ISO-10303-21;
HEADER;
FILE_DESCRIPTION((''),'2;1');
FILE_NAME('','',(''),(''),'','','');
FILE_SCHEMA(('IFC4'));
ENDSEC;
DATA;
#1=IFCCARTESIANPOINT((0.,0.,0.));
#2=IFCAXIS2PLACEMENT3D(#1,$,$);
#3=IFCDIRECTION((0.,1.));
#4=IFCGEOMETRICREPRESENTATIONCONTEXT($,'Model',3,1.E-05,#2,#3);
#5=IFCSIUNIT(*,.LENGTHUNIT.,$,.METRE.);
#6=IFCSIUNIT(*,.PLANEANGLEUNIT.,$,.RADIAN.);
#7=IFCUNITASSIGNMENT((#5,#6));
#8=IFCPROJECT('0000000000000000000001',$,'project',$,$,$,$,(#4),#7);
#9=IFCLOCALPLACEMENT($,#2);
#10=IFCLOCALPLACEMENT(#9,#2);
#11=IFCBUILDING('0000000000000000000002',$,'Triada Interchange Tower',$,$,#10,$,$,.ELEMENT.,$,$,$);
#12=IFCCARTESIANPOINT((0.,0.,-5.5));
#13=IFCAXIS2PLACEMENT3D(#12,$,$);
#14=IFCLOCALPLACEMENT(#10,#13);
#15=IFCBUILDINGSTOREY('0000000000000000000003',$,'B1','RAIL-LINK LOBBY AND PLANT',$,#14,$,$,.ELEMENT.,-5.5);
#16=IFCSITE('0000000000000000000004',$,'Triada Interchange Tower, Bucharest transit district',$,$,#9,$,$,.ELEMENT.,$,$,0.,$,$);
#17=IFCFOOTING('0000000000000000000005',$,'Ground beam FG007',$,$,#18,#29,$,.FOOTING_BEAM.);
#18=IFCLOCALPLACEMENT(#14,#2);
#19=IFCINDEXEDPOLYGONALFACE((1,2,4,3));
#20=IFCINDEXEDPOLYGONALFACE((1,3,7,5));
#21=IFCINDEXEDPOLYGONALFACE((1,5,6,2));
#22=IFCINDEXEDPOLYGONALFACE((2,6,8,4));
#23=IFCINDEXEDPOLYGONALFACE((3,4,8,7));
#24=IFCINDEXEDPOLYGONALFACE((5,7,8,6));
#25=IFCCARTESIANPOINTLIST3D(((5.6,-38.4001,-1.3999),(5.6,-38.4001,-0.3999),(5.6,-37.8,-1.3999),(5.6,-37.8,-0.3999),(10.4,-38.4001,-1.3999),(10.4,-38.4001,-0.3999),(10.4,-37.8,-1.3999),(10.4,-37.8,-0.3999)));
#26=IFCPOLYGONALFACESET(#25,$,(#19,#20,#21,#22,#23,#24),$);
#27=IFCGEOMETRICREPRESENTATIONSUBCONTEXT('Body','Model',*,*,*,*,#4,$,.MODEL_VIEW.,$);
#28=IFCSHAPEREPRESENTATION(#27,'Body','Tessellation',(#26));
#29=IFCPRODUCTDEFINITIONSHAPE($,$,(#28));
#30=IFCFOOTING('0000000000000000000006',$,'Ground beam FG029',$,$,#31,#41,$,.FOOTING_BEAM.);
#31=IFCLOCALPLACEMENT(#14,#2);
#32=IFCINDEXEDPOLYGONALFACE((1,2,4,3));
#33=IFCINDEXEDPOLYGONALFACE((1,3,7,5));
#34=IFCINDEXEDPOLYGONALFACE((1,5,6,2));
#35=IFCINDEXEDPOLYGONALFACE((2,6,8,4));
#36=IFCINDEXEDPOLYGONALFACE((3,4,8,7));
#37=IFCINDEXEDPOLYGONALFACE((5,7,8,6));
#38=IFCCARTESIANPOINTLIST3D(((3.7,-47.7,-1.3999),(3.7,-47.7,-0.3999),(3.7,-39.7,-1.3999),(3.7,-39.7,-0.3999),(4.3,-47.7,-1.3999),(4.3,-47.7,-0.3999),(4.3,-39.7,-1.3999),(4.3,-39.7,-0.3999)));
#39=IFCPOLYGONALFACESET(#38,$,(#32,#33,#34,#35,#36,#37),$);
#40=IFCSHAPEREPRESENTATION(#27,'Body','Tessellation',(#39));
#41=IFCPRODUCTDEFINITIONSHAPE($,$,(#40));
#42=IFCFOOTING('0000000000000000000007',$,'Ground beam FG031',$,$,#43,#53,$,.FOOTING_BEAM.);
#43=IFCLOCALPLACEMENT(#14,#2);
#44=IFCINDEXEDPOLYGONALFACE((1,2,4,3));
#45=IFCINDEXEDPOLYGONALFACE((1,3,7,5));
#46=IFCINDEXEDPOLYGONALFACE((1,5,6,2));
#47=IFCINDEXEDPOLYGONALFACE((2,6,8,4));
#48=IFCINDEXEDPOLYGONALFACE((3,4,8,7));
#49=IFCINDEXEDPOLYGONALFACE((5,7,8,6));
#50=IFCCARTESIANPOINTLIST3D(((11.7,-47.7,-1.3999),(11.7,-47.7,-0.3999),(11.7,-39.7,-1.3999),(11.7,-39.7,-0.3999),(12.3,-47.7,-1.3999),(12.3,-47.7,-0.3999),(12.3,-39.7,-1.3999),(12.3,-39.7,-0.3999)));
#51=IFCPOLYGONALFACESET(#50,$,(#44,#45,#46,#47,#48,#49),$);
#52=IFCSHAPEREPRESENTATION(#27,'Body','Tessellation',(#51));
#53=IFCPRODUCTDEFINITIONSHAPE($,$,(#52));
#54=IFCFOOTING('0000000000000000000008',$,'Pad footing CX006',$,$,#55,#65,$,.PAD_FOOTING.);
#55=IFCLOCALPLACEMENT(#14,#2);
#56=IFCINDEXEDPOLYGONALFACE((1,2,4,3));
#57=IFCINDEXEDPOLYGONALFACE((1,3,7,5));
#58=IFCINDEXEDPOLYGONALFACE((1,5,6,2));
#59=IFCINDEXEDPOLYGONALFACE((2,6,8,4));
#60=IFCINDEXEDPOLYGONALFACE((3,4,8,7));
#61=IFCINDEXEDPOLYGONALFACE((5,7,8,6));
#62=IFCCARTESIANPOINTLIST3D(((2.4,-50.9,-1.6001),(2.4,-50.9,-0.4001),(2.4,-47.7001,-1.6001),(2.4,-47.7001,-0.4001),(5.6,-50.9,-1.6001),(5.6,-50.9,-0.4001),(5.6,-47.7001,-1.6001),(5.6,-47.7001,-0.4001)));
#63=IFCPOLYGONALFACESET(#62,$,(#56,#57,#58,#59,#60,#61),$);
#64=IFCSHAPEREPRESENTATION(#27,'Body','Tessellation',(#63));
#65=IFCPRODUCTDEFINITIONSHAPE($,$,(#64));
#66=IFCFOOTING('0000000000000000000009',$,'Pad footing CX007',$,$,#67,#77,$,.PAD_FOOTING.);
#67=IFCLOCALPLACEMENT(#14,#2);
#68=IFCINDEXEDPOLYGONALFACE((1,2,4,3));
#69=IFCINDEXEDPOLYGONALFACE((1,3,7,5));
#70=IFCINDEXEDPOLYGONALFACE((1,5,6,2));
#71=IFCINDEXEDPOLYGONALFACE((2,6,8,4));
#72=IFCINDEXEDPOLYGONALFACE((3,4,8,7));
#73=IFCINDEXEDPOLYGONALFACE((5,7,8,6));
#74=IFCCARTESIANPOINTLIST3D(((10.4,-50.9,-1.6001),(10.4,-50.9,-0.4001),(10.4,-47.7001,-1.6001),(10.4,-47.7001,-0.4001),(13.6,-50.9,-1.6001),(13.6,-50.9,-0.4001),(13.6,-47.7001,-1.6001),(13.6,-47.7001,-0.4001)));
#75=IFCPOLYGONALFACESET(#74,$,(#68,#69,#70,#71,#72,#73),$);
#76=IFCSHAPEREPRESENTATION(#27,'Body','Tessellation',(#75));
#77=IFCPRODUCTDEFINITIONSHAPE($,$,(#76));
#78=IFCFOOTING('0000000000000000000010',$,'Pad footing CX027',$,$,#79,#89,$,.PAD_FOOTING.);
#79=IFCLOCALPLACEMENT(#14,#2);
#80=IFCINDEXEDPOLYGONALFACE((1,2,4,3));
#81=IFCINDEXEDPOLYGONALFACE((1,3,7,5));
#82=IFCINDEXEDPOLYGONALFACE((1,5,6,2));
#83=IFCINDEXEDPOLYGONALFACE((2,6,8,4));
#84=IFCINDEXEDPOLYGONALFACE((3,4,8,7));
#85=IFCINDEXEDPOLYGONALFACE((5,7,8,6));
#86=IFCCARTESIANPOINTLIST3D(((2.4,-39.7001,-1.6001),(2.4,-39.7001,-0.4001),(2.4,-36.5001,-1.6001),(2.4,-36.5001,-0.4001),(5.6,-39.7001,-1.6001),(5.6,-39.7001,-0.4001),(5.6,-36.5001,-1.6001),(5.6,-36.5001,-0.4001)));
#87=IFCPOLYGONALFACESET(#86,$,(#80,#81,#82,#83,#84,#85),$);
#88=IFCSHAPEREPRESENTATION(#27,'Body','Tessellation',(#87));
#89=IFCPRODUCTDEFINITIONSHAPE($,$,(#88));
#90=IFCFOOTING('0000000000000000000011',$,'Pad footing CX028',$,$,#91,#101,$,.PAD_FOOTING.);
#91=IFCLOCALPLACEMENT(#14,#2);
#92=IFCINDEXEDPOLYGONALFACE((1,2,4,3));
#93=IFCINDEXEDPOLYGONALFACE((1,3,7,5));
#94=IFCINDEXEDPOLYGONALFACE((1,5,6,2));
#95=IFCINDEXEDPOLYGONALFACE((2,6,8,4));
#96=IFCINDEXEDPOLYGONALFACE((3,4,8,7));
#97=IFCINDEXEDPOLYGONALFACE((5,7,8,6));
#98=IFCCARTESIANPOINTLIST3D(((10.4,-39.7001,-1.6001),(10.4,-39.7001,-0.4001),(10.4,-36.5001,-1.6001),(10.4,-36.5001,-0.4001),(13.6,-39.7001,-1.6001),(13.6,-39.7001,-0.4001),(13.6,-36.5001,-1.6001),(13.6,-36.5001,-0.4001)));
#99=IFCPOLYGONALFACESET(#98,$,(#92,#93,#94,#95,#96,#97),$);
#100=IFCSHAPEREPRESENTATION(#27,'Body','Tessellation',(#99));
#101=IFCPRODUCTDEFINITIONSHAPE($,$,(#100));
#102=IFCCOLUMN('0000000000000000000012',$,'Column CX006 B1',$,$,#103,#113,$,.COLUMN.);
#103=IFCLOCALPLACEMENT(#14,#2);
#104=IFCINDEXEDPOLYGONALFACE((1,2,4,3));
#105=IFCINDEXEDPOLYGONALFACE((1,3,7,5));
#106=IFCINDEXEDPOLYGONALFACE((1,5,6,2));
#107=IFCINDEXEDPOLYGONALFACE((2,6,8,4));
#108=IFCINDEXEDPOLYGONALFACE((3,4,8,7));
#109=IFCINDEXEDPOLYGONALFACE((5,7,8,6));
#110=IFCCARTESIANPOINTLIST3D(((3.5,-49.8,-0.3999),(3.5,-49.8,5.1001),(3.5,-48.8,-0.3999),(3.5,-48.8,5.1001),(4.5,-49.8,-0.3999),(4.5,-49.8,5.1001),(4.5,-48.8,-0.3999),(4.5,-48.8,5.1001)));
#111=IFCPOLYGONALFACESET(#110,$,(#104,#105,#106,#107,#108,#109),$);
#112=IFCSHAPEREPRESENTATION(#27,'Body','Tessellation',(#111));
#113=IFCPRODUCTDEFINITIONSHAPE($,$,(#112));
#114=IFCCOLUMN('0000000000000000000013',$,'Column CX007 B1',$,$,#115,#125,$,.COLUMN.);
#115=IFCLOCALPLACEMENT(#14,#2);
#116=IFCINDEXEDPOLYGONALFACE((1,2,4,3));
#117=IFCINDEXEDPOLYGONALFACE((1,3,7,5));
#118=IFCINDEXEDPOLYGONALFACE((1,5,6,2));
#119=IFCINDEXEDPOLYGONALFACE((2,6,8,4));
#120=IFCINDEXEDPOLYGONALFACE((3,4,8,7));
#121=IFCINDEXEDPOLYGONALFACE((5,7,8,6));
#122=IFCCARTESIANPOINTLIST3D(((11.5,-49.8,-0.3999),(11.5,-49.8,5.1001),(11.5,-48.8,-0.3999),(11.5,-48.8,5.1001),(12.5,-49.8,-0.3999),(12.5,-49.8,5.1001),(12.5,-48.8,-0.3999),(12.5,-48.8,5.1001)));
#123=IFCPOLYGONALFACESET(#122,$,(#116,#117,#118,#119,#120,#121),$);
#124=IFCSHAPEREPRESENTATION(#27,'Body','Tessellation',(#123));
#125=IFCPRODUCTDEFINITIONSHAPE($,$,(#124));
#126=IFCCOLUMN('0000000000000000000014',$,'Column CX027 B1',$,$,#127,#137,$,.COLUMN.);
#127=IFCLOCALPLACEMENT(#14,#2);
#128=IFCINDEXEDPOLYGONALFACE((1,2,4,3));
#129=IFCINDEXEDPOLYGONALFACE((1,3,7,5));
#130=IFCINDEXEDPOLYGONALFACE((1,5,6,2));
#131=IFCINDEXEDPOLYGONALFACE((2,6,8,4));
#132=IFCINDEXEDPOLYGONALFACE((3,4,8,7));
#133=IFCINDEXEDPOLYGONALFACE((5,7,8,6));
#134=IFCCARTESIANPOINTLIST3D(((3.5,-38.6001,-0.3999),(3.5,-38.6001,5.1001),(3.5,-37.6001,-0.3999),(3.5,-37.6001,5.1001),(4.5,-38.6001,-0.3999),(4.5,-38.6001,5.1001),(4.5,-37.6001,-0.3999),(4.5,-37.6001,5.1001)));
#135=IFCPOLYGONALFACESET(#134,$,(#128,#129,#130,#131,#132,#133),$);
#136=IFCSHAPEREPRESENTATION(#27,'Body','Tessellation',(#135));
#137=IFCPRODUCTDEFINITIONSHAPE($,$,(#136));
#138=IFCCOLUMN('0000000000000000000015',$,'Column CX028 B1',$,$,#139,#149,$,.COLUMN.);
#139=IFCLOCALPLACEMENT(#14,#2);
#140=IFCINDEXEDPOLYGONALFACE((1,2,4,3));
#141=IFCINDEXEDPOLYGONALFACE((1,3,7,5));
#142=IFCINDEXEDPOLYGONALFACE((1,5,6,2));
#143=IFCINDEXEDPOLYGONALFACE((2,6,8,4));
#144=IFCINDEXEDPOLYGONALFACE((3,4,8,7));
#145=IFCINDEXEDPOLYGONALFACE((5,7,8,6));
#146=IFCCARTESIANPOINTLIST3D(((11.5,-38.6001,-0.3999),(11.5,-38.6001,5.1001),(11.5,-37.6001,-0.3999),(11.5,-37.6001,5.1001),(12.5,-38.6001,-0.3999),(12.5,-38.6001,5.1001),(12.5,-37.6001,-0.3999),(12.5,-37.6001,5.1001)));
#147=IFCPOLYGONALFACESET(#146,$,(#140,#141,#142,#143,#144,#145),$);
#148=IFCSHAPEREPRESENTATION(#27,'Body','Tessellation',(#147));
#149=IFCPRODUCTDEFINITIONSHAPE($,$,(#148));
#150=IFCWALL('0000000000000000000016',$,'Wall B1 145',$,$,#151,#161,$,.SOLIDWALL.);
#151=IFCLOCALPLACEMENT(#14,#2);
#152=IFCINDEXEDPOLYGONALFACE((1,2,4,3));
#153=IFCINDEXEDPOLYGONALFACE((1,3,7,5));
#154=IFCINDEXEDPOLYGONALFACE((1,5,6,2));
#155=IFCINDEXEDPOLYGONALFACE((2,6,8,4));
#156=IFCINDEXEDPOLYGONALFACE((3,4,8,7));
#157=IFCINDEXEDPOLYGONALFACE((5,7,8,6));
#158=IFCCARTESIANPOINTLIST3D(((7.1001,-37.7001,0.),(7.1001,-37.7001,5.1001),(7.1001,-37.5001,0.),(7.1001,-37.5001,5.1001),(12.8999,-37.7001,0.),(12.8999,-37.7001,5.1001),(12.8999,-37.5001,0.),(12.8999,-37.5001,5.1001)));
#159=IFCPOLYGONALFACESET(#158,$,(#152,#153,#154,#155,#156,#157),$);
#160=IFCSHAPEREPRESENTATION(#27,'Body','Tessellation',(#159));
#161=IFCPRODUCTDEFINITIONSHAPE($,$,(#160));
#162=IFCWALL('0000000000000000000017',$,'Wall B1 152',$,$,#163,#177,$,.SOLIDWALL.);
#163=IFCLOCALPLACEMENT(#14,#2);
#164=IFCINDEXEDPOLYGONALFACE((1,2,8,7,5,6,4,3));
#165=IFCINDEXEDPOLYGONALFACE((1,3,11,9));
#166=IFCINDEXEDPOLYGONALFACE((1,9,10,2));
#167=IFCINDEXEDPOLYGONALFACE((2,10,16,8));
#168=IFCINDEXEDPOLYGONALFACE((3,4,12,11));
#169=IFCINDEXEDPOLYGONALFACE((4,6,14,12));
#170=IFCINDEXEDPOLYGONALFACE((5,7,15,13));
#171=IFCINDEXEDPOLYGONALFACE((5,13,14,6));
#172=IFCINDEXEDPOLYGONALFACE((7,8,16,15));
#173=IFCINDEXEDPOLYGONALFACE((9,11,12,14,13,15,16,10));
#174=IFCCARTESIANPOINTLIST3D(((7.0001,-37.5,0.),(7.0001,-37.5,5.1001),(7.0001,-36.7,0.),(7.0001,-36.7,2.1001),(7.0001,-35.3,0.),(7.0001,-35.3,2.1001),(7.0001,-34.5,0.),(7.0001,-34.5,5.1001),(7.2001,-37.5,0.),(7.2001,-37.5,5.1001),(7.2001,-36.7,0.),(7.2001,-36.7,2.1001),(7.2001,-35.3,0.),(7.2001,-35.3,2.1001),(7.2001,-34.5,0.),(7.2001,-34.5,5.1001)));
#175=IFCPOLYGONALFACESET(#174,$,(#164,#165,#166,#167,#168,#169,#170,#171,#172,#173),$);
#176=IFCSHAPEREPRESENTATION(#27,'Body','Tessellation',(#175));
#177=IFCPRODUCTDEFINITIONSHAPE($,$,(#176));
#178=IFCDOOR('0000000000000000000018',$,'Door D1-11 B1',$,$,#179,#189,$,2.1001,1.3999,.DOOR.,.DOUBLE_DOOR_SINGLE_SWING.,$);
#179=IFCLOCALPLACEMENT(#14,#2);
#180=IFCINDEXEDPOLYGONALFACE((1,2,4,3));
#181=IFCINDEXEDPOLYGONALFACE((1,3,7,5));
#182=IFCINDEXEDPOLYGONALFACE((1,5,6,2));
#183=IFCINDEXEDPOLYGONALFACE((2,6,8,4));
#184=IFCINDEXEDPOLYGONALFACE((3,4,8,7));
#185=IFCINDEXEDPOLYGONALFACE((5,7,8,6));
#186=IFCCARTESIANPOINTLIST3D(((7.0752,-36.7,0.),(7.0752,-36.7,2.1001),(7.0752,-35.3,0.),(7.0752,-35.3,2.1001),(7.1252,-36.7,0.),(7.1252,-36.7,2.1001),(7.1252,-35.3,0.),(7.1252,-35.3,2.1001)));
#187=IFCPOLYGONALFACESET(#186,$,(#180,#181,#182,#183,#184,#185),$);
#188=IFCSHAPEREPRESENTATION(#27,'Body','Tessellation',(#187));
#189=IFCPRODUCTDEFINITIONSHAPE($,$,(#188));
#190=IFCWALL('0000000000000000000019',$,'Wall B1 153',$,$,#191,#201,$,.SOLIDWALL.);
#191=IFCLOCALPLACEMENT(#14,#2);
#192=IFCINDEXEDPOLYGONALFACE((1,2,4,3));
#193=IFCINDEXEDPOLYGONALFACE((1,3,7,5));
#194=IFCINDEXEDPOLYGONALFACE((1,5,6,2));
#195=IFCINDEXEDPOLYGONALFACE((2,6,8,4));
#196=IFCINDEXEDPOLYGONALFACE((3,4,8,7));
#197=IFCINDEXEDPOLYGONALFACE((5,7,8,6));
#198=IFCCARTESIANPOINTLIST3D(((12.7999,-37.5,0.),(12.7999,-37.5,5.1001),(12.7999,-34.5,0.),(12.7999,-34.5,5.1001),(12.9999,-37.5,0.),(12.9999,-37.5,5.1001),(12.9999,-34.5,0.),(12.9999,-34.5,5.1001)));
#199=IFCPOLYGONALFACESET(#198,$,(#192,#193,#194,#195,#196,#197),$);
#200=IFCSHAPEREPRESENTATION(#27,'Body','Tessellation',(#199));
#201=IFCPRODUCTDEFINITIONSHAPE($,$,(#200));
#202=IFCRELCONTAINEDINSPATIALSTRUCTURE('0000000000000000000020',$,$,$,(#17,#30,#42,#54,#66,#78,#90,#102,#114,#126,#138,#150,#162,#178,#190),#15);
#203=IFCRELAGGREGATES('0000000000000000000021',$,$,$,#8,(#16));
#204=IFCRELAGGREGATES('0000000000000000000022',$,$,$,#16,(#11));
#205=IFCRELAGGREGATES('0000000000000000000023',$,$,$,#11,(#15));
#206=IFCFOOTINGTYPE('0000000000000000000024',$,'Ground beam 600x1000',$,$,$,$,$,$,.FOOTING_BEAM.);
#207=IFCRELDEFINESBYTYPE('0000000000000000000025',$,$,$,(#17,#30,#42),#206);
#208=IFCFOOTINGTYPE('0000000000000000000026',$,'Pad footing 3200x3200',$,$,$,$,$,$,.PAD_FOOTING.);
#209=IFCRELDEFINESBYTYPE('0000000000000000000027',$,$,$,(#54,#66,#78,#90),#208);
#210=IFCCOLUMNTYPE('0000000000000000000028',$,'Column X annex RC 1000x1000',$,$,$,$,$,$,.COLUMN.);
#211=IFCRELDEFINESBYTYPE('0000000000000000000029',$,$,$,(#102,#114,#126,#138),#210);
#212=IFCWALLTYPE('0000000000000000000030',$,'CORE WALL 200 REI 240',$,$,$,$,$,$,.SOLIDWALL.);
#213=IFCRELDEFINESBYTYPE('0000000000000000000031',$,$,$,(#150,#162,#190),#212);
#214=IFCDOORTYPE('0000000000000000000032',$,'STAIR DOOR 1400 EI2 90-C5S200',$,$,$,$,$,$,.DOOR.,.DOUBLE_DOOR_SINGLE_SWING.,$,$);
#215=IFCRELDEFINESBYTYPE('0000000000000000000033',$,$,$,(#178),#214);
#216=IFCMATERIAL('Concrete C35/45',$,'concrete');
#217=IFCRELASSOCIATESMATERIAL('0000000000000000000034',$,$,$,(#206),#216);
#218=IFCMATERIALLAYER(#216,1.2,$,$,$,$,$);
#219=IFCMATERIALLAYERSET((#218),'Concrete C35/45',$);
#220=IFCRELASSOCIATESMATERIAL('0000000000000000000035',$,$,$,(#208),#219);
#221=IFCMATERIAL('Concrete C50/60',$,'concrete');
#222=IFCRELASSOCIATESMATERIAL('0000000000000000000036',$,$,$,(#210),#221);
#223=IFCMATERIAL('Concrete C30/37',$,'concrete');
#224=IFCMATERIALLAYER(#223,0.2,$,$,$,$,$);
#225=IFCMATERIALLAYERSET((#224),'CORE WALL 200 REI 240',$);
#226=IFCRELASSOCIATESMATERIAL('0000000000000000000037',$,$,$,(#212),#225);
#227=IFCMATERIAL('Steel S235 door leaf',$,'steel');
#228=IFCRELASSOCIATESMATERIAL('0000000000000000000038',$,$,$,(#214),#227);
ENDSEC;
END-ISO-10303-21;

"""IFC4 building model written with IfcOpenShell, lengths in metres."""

from ifc_helpers import new_model, si_unit, direction, frame, frame_2d, origin, origin_2d, place, context, subcontext, project, spatial, rectangle, extrude, material, layer, layer_set, material_profile, profile_set, type_object, element, fill, save


model = new_model("IFC4")

# Units and contexts
model_context = context("Model", 3, precision=1e-05, world=origin(), true_north=direction((0.0, 1.0)))
body_context = subcontext(model_context, "Body", "Model", "MODEL_VIEW")
ifc_project = project(units=[si_unit("LENGTHUNIT", "METRE"), si_unit("PLANEANGLEUNIT", "RADIAN")], contexts=[model_context])

# Site, building, storey
site_placement = place(None, origin())
site = spatial("IfcSite", under=ifc_project, at=site_placement, Name="Triada Interchange Tower, Bucharest transit district", CompositionType="ELEMENT", RefElevation=0.0)
building_placement = place(site_placement, origin())
building = spatial("IfcBuilding", under=site, at=building_placement, Name="Triada Interchange Tower", CompositionType="ELEMENT")
storey_placement = place(building_placement, frame((0.0, 0.0, -5.5)))
storey = spatial("IfcBuildingStorey", under=building, at=storey_placement, Name="B1", Description="RAIL-LINK LOBBY AND PLANT", CompositionType="ELEMENT", Elevation=-5.5)

# Footings
ifc_material_1 = material(Name="Concrete C35/45", Category="concrete")
footing_type_1 = type_object("IfcFootingType", Name="Ground beam 600x1000", PredefinedType="FOOTING_BEAM", material=ifc_material_1)
footing_placement = place(storey_placement, frame((8.0, -38.1001, -1.3999), z_axis=(0.0, 0.0, 1.0), x_axis=(1.0, 0.0, 0.0)))
element("IfcFooting", 1, at=footing_placement, inside=storey, type_object=footing_type_1, Name="Ground beam FG007", PredefinedType="FOOTING_BEAM", context=body_context, shape_type="SweptSolid", body=[
    extrude(rectangle(XDim=4.8, YDim=0.6001, at=origin_2d()), origin(), (0.0, 0.0, 1.0), 1.0),
])
for number, where, z_axis, x_axis, name in (
    (2, (4.0, -43.7, -1.3999), (0.0, 0.0, 1.0), (1.0, 0.0, 0.0), "Ground beam FG029"),
    (3, (12.0, -43.7, -1.3999), (0.0, 0.0, 1.0), (1.0, 0.0, 0.0), "Ground beam FG031"),
):
    element("IfcFooting", number, at=place(storey_placement, frame(where, z_axis=z_axis, x_axis=x_axis)), inside=storey, type_object=footing_type_1, Name=name, PredefinedType="FOOTING_BEAM", context=body_context, shape_type="SweptSolid", body=[
        extrude(rectangle(XDim=0.6001, YDim=8.0, at=origin_2d()), origin(), (0.0, 0.0, 1.0), 1.0),
    ])
ifc_layer_1 = layer(ifc_material_1, 1.2)
ifc_layer_set_1 = layer_set([ifc_layer_1], Name="Concrete C35/45")
footing_type_2 = type_object("IfcFootingType", Name="Pad footing 3200x3200", PredefinedType="PAD_FOOTING", material=ifc_layer_set_1)
for number, where, z_axis, x_axis, name in (
    (4, (4.0, -49.3, -1.6001), (0.0, 0.0, 1.0), (1.0, 0.0, 0.0), "Pad footing CX006"),
    (5, (12.0, -49.3, -1.6001), (0.0, 0.0, 1.0), (1.0, 0.0, 0.0), "Pad footing CX007"),
    (6, (4.0, -38.1001, -1.6001), (0.0, 0.0, 1.0), (1.0, 0.0, 0.0), "Pad footing CX027"),
    (7, (12.0, -38.1001, -1.6001), (0.0, 0.0, 1.0), (1.0, 0.0, 0.0), "Pad footing CX028"),
):
    element("IfcFooting", number, at=place(storey_placement, frame(where, z_axis=z_axis, x_axis=x_axis)), inside=storey, type_object=footing_type_2, Name=name, PredefinedType="PAD_FOOTING", context=body_context, shape_type="SweptSolid", body=[
        extrude(rectangle(XDim=3.2, YDim=3.2, at=origin_2d()), origin(), (0.0, 0.0, 1.0), 1.2),
    ])

# Columns
ifc_material_2 = material(Name="Concrete C50/60", Category="concrete")
ifc_material_profile = material_profile(ifc_material_2, rectangle(XDim=1.0, YDim=1.0, at=origin_2d()), Name="RC 1000x1000")
ifc_profile_set = profile_set([ifc_material_profile], Name="Concrete C50/60")
column_type = type_object("IfcColumnType", Name="Column X annex RC 1000x1000", PredefinedType="COLUMN", material=ifc_profile_set)
for number, where, z_axis, x_axis, name in (
    (8, (4.0, -49.3, -0.3999), (0.0, 0.0, 1.0), (1.0, 0.0, 0.0), "Column CX006 B1"),
    (9, (12.0, -49.3, -0.3999), (0.0, 0.0, 1.0), (1.0, 0.0, 0.0), "Column CX007 B1"),
    (10, (4.0, -38.1001, -0.3999), (0.0, 0.0, 1.0), (1.0, 0.0, 0.0), "Column CX027 B1"),
    (11, (12.0, -38.1001, -0.3999), (0.0, 0.0, 1.0), (1.0, 0.0, 0.0), "Column CX028 B1"),
):
    element("IfcColumn", number, at=place(storey_placement, frame(where, z_axis=z_axis, x_axis=x_axis)), inside=storey, type_object=column_type, Name=name, PredefinedType="COLUMN", context=body_context, shape_type="SweptSolid", body=[
        extrude(rectangle(XDim=1.0, YDim=1.0, at=origin_2d()), origin(), (0.0, 0.0, 1.0), 5.5),
    ])

# Wall
ifc_material_3 = material(Name="Concrete C30/37", Category="concrete")
ifc_layer_2 = layer(ifc_material_3, 0.2)
ifc_layer_set_2 = layer_set([ifc_layer_2], Name="CORE WALL 200 REI 240")
wall_type_1 = type_object("IfcWallType", Name="CORE WALL 200 REI 240", PredefinedType="SOLIDWALL", material=ifc_layer_set_2)
wall_1_placement = place(storey_placement, frame((7.1001, -37.6001, 0.0), z_axis=(0.0, 0.0, 1.0), x_axis=(1.0, 0.0, 0.0)))
element("IfcWall", 12, at=wall_1_placement, inside=storey, type_object=wall_type_1, Name="Wall B1 145", PredefinedType="SOLIDWALL", context=body_context, shape_type="SweptSolid", body=[
    extrude(rectangle(XDim=5.7998, YDim=0.2, at=frame_2d((2.8999, 0.0))), origin(), (0.0, 0.0, 1.0), 5.1001),
])

# Wall, opening, door
wall_2_placement = place(storey_placement, frame((7.1001, -37.5, 0.0), z_axis=(0.0, 0.0, 1.0), x_axis=(0.0, 1.0, 0.0)))
wall_2 = element("IfcWall", 13, at=wall_2_placement, inside=storey, type_object=wall_type_1, Name="Wall B1 152", PredefinedType="SOLIDWALL", context=body_context, shape_type="SweptSolid", body=[
    extrude(rectangle(XDim=3.0, YDim=0.2, at=frame_2d((1.5, 0.0))), origin(), (0.0, 0.0, 1.0), 5.1001),
])
opening_1_placement = place(wall_2_placement, frame((0.8, 0.0, 0.0)))
opening_1 = element("IfcOpeningElement", 14, at=opening_1_placement, cuts=wall_2, PredefinedType="OPENING", context=body_context, shape_type="SweptSolid", body=[
    extrude(rectangle(XDim=1.3999, YDim=2.1001, at=frame_2d((0.7, 1.05))), frame((0.0, 0.1099, 0.0), z_axis=(0.0, -1.0, 0.0), x_axis=(1.0, 0.0, 0.0)), (0.0, 0.0, 1.0), 0.22),
])
ifc_material_4 = material(Name="Steel S235 door leaf", Category="steel")
door_type = type_object("IfcDoorType", Name="STAIR DOOR 1400 EI2 90-C5S200", OperationType="DOUBLE_DOOR_SINGLE_SWING", PredefinedType="DOOR", material=ifc_material_4)
door_1_placement = place(opening_1_placement, origin())
door_1 = element("IfcDoor", 15, at=door_1_placement, inside=storey, type_object=door_type, Name="Door D1-11 B1", OperationType="DOUBLE_DOOR_SINGLE_SWING", OverallHeight=2.1001, OverallWidth=1.3999, PredefinedType="DOOR", context=body_context, shape_type="SweptSolid", body=[
    extrude(rectangle(XDim=1.3999, YDim=2.1001, at=frame_2d((0.7, 1.05))), frame((0.0, 0.0249, 0.0), z_axis=(0.0, -1.0, 0.0), x_axis=(1.0, 0.0, 0.0)), (0.0, 0.0, 1.0), 0.05),
])
fill(opening_1, door_1)

# Wall
wall_3_placement = place(storey_placement, frame((12.8999, -37.5, 0.0), z_axis=(0.0, 0.0, 1.0), x_axis=(0.0, 1.0, 0.0)))
element("IfcWall", 16, at=wall_3_placement, inside=storey, type_object=wall_type_1, Name="Wall B1 153", PredefinedType="SOLIDWALL", context=body_context, shape_type="SweptSolid", body=[
    extrude(rectangle(XDim=3.0, YDim=0.2, at=frame_2d((1.5, 0.0))), origin(), (0.0, 0.0, 1.0), 5.1001),
])

save(model, "model.ifc")
